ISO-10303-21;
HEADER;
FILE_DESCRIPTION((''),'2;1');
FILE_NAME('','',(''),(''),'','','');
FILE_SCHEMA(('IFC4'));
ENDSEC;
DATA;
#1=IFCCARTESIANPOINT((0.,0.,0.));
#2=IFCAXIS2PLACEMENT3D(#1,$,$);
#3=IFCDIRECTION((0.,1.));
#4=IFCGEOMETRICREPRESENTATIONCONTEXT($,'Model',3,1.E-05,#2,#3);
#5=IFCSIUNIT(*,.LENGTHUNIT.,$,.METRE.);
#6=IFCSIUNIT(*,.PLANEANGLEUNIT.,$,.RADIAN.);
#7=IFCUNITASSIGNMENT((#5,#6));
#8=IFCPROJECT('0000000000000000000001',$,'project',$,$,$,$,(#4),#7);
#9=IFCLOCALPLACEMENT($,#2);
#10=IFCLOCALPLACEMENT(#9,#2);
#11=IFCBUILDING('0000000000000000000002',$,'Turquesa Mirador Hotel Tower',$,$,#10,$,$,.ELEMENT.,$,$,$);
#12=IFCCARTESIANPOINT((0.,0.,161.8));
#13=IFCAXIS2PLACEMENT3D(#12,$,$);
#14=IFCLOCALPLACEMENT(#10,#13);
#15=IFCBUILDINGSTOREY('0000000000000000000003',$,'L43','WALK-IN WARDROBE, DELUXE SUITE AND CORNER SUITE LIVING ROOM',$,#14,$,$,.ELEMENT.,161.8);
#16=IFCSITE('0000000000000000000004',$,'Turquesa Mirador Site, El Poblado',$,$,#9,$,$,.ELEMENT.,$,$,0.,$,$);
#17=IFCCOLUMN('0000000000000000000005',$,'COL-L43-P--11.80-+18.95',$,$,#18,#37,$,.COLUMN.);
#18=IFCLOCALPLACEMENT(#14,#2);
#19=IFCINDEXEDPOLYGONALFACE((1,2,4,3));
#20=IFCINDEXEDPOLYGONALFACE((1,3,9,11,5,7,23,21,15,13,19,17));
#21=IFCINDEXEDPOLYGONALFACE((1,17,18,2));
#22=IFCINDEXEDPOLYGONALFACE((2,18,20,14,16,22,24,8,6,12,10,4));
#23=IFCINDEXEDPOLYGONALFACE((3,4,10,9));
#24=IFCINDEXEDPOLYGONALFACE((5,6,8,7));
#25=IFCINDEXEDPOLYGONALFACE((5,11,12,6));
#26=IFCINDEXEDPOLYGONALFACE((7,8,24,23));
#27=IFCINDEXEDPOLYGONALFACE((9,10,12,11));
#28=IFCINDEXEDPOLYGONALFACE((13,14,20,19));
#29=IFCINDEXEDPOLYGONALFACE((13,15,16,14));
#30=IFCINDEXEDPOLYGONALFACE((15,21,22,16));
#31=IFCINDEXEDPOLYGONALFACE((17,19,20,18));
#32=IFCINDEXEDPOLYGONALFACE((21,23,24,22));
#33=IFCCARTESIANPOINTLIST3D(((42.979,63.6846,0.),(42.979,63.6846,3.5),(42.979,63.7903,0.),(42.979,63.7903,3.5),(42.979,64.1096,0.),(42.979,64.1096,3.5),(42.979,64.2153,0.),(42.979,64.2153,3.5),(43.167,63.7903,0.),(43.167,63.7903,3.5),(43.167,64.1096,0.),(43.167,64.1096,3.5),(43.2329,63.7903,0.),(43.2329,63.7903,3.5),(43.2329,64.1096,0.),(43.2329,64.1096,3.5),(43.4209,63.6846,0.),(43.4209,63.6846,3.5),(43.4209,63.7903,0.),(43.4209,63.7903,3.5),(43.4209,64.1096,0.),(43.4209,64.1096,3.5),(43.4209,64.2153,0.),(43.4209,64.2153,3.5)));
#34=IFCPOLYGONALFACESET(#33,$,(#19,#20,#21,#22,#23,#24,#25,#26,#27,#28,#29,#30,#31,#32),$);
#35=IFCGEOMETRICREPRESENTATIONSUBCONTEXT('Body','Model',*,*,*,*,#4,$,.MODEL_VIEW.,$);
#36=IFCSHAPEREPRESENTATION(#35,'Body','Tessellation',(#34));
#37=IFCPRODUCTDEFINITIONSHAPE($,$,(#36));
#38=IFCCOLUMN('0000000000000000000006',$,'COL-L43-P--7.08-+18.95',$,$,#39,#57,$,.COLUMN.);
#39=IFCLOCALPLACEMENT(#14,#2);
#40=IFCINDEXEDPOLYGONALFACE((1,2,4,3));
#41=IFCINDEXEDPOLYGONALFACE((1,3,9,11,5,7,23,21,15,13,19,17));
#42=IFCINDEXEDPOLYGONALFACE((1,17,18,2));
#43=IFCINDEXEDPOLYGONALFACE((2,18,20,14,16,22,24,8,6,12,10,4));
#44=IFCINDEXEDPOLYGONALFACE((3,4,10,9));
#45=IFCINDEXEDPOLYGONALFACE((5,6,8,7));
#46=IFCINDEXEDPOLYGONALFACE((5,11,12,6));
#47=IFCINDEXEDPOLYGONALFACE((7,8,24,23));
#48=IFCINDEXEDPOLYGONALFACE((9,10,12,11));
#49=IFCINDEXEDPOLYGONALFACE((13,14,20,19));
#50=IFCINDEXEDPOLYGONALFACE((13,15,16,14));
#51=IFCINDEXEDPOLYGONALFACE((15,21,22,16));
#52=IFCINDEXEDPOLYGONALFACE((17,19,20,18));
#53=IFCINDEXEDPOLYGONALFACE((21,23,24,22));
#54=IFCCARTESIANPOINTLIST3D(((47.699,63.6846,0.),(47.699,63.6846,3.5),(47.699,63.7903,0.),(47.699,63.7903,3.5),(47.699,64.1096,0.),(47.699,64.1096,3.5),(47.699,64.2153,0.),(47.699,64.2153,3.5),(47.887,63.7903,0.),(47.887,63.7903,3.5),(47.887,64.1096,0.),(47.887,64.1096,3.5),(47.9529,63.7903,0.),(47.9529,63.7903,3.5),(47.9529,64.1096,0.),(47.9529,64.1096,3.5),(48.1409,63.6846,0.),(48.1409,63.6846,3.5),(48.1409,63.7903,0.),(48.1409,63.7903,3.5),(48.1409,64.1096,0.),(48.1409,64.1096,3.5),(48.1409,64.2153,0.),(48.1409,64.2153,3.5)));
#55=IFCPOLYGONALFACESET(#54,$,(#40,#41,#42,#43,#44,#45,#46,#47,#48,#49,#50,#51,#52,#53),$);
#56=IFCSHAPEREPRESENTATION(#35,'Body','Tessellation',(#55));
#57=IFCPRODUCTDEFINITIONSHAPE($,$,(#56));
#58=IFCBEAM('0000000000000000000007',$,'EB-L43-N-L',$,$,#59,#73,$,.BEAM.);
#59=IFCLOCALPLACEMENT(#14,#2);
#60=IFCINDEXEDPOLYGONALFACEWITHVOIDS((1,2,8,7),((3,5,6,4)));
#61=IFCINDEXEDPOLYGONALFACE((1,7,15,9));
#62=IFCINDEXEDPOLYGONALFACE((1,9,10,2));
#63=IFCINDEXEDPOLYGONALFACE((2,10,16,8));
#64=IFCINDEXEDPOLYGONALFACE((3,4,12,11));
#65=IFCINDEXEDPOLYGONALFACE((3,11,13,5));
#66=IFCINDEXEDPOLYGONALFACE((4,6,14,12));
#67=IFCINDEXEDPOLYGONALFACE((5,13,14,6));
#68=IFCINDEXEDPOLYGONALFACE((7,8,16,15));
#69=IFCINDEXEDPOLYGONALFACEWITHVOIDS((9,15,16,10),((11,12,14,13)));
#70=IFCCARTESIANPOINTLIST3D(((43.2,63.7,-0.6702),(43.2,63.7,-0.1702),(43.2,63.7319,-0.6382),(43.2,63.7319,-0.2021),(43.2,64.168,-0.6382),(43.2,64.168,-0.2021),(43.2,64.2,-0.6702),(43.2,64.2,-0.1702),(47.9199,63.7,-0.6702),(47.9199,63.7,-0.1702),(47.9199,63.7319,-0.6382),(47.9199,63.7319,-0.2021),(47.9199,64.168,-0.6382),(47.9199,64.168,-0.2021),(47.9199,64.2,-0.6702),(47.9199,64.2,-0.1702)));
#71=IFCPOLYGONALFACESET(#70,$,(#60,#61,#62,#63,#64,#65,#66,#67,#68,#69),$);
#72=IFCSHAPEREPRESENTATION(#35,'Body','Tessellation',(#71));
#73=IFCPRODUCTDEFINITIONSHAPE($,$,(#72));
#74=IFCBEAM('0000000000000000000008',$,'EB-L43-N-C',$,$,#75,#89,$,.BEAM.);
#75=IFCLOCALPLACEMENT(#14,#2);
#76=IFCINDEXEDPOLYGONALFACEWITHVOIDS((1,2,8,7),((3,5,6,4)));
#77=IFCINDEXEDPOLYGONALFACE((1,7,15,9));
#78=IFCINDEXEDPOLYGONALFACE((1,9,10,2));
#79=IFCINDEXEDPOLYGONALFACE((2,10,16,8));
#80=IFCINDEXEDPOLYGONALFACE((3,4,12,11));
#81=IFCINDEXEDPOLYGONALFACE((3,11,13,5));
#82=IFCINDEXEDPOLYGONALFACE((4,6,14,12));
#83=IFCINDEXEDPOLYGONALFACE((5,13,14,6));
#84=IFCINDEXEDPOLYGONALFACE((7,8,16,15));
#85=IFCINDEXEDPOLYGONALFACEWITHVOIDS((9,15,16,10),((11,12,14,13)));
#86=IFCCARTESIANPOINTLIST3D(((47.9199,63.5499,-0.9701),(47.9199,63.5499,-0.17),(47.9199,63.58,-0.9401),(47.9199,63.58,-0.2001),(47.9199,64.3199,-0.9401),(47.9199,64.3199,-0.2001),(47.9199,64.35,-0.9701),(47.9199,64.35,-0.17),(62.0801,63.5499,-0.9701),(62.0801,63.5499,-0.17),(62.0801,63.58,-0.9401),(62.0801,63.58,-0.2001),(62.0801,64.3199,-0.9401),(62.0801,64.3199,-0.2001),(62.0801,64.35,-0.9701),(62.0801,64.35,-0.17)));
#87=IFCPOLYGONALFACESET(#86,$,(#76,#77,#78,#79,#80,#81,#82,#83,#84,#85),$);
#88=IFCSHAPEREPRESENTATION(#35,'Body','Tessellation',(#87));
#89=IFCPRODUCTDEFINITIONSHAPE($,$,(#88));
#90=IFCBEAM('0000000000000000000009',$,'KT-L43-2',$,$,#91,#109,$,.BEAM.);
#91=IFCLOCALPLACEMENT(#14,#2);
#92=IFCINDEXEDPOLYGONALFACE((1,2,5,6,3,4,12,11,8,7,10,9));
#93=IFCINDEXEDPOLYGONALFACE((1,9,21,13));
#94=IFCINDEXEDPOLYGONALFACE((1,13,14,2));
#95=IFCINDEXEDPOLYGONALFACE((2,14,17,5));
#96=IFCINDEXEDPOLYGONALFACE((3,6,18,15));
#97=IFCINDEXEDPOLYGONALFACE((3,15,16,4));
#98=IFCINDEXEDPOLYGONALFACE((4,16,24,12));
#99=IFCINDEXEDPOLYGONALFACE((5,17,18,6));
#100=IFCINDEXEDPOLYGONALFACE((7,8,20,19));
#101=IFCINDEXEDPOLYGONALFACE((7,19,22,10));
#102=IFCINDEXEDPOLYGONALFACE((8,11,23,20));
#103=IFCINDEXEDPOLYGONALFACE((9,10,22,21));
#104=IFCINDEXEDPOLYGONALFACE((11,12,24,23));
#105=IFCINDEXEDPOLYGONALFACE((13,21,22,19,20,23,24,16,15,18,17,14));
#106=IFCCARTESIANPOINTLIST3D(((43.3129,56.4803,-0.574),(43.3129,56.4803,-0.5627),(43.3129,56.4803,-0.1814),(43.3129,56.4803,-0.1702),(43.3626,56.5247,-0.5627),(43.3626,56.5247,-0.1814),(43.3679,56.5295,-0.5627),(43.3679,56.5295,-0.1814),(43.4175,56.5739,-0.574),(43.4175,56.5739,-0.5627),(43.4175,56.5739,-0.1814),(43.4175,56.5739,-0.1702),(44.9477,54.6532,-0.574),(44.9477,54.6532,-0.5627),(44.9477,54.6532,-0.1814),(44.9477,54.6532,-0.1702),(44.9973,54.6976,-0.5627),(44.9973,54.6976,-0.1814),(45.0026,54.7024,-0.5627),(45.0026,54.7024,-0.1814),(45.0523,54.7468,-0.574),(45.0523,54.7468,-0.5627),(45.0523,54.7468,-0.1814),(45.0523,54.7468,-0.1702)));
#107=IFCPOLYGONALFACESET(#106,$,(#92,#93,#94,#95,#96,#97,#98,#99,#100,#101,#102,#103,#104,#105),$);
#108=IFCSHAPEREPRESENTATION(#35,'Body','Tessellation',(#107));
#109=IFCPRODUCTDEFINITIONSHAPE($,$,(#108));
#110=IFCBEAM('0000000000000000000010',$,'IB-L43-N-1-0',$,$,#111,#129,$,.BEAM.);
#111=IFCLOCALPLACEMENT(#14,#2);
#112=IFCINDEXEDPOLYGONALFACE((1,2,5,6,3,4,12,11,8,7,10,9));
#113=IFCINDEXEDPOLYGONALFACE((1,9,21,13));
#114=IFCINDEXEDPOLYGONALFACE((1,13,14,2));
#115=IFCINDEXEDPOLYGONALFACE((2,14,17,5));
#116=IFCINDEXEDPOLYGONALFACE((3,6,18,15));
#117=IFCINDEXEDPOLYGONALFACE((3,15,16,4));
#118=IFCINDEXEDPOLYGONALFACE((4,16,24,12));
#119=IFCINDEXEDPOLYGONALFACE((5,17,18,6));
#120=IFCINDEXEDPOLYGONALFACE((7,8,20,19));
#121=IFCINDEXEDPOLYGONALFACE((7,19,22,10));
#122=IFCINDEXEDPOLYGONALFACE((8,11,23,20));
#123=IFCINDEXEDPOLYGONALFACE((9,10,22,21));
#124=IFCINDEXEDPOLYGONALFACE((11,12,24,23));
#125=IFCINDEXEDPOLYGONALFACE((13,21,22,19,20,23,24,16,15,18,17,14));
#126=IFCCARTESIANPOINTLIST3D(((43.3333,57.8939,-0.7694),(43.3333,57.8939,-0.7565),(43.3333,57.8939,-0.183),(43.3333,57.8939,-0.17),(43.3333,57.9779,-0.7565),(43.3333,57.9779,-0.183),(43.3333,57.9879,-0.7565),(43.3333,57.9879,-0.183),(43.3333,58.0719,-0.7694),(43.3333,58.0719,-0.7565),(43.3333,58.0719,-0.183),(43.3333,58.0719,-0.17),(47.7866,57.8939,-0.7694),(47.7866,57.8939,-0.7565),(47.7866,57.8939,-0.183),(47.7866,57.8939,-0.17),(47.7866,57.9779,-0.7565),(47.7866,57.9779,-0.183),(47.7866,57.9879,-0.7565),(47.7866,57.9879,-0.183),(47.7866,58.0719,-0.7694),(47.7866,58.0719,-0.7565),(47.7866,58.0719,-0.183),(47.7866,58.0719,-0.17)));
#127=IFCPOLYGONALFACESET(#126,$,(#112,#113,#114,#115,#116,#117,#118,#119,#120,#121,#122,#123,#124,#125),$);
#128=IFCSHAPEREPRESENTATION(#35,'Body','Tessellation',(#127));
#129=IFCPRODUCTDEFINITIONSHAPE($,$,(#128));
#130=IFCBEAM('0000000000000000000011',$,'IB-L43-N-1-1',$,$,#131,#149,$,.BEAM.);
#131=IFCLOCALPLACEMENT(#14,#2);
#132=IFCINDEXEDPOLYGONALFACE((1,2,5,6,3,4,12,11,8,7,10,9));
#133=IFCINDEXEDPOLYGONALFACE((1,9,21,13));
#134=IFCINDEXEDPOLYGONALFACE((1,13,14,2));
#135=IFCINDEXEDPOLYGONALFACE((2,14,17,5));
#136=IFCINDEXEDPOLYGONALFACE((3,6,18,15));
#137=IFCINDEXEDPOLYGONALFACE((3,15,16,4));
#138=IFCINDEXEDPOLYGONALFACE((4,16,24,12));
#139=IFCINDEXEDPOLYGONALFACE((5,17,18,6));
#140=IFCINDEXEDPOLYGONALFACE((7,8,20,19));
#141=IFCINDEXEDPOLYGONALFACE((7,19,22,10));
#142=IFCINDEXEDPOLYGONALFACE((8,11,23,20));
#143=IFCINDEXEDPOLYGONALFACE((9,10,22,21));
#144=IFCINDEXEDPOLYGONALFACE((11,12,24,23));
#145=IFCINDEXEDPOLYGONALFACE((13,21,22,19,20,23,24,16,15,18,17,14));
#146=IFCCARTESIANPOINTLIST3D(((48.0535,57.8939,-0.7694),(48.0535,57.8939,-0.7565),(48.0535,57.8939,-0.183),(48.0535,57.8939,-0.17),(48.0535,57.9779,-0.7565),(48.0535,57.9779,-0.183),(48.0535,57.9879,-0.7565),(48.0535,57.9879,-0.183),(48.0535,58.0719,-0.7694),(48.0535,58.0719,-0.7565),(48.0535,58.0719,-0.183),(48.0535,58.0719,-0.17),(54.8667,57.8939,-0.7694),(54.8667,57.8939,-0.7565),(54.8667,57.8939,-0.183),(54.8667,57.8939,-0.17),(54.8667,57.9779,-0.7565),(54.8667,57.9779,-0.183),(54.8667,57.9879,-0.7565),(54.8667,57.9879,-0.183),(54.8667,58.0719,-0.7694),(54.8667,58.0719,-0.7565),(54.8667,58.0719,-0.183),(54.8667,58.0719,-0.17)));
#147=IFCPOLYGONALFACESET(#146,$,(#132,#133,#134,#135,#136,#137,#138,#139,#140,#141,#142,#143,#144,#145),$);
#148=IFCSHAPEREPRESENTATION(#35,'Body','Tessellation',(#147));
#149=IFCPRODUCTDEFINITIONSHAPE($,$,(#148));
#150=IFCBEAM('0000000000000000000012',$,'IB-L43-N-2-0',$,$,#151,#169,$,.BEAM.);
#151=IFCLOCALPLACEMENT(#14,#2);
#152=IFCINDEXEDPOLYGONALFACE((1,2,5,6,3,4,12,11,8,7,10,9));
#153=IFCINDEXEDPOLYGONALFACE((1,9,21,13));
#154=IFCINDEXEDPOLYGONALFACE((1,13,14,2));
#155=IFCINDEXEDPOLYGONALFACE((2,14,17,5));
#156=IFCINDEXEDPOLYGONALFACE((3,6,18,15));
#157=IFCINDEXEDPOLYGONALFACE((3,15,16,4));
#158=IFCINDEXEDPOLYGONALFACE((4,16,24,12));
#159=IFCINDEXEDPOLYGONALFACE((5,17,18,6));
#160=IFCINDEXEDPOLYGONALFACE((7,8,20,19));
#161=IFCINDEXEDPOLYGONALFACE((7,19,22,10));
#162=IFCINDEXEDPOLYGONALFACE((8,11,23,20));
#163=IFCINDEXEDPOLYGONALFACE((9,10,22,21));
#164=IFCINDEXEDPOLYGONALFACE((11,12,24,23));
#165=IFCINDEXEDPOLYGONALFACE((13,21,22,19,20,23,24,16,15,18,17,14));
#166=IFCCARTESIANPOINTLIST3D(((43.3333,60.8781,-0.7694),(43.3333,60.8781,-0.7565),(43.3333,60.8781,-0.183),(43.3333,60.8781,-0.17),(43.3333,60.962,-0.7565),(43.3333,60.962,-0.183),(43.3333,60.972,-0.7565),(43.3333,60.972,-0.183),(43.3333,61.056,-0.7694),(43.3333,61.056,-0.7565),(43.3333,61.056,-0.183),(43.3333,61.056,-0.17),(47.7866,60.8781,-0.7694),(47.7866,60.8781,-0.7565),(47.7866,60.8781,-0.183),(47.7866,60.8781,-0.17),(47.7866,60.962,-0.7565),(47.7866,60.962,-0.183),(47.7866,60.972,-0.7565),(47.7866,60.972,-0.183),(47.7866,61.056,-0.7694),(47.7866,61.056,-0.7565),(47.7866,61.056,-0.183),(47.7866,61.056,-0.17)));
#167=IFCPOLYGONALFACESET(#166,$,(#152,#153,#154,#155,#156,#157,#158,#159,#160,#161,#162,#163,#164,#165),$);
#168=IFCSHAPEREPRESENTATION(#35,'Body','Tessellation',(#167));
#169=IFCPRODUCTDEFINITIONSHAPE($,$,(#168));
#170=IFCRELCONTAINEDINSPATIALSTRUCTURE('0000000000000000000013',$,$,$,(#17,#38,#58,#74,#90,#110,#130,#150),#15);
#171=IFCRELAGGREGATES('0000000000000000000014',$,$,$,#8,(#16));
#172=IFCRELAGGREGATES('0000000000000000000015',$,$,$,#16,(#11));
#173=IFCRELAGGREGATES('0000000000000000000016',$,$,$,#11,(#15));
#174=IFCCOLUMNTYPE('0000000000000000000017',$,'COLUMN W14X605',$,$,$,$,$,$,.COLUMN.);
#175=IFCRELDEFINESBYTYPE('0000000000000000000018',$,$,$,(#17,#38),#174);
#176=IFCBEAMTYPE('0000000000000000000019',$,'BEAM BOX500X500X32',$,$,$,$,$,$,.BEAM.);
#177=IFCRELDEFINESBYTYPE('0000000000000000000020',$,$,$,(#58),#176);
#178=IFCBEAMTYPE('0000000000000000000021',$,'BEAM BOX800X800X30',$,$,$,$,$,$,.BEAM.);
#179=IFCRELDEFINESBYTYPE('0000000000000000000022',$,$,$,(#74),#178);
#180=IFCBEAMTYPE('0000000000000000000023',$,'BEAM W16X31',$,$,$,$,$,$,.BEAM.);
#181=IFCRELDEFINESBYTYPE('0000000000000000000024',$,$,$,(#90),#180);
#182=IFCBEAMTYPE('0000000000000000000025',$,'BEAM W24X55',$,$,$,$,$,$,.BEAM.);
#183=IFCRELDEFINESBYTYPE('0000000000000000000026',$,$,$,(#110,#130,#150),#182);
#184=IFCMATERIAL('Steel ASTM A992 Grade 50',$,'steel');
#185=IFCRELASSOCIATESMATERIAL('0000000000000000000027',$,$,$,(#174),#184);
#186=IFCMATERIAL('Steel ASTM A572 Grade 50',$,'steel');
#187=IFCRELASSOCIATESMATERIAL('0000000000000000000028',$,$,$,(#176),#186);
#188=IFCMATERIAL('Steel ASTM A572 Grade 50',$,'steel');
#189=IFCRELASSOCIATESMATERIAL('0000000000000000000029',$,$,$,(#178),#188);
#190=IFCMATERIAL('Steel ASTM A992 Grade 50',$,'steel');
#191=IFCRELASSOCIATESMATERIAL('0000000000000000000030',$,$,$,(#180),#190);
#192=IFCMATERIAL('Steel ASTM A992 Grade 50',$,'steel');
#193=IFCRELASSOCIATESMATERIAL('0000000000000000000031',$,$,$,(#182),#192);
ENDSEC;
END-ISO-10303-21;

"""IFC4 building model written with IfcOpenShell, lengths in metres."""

from ifc_helpers import new_model, si_unit, direction, frame, origin, origin_2d, place, context, subcontext, project, spatial, hollow_rectangle, i_section, extrude, material, material_profile, profile_set, type_object, element, save


model = new_model("IFC4")

# Units and contexts
model_context = context("Model", 3, precision=1e-05, world=origin(), true_north=direction((0.0, 1.0)))
body_context = subcontext(model_context, "Body", "Model", "MODEL_VIEW")
ifc_project = project(units=[si_unit("LENGTHUNIT", "METRE"), si_unit("PLANEANGLEUNIT", "RADIAN")], contexts=[model_context])

# Site, building, storey
site_placement = place(None, origin())
site = spatial("IfcSite", under=ifc_project, at=site_placement, Name="Turquesa Mirador Site, El Poblado", CompositionType="ELEMENT", RefElevation=0.0)
building_placement = place(site_placement, origin())
building = spatial("IfcBuilding", under=site, at=building_placement, Name="Turquesa Mirador Hotel Tower", CompositionType="ELEMENT")
storey_placement = place(building_placement, frame((0.0, 0.0, 161.8)))
storey = spatial("IfcBuildingStorey", under=building, at=storey_placement, Name="L43", Description="WALK-IN WARDROBE, DELUXE SUITE AND CORNER SUITE LIVING ROOM", CompositionType="ELEMENT", Elevation=161.8)

# Columns
ifc_material_1 = material(Name="Steel ASTM A992 Grade 50", Category="steel")
ifc_material_profile_1 = material_profile(ifc_material_1, i_section(OverallWidth=0.4419, OverallDepth=0.5308, WebThickness=0.0659, FlangeThickness=0.1057, at=origin_2d()), Name="W14X605")
ifc_profile_set_1 = profile_set([ifc_material_profile_1], Name="Steel ASTM A992 Grade 50")
column_type = type_object("IfcColumnType", Name="COLUMN W14X605", PredefinedType="COLUMN", material=ifc_profile_set_1)
for number, where, z_axis, x_axis, name in (
    (1, (43.2, 63.95, 0.0), (0.0, 0.0, 1.0), (1.0, 0.0, 0.0), "COL-L43-P--11.80-+18.95"),
    (2, (47.9199, 63.95, 0.0), (0.0, 0.0, 1.0), (1.0, 0.0, 0.0), "COL-L43-P--7.08-+18.95"),
):
    element("IfcColumn", number, at=place(storey_placement, frame(where, z_axis=z_axis, x_axis=x_axis)), inside=storey, type_object=column_type, Name=name, PredefinedType="COLUMN", context=body_context, shape_type="SweptSolid", body=[
        extrude(i_section(OverallWidth=0.4419, OverallDepth=0.5308, WebThickness=0.0659, FlangeThickness=0.1057, at=origin_2d()), origin(), (0.0, 0.0, 1.0), 3.5),
    ])

# Beams
ifc_material_2 = material(Name="Steel ASTM A572 Grade 50", Category="steel")
ifc_material_profile_2 = material_profile(ifc_material_2, hollow_rectangle(XDim=0.5, YDim=0.5, WallThickness=0.032, at=origin_2d()), Name="BOX500X500X32")
ifc_profile_set_2 = profile_set([ifc_material_profile_2], Name="Steel ASTM A572 Grade 50")
beam_type_1 = type_object("IfcBeamType", Name="BEAM BOX500X500X32", PredefinedType="BEAM", material=ifc_profile_set_2)
beam_1_placement = place(storey_placement, frame((43.2, 63.95, -0.4202), z_axis=(1.0, 0.0, 0.0), x_axis=(0.0, 1.0, 0.0)))
element("IfcBeam", 3, at=beam_1_placement, inside=storey, type_object=beam_type_1, Name="EB-L43-N-L", PredefinedType="BEAM", context=body_context, shape_type="SweptSolid", body=[
    extrude(hollow_rectangle(XDim=0.5, YDim=0.5, WallThickness=0.032, at=origin_2d()), origin(), (0.0, 0.0, 1.0), 4.72),
])
ifc_material_3 = material(Name="Steel ASTM A572 Grade 50", Category="steel")
ifc_material_profile_3 = material_profile(ifc_material_3, hollow_rectangle(XDim=0.8, YDim=0.8, WallThickness=0.03, at=origin_2d()), Name="BOX800X800X30")
ifc_profile_set_3 = profile_set([ifc_material_profile_3], Name="Steel ASTM A572 Grade 50")
beam_type_2 = type_object("IfcBeamType", Name="BEAM BOX800X800X30", PredefinedType="BEAM", material=ifc_profile_set_3)
beam_2_placement = place(storey_placement, frame((47.9199, 63.95, -0.5701), z_axis=(1.0, 0.0, 0.0), x_axis=(0.0, 1.0, 0.0)))
element("IfcBeam", 4, at=beam_2_placement, inside=storey, type_object=beam_type_2, Name="EB-L43-N-C", PredefinedType="BEAM", context=body_context, shape_type="SweptSolid", body=[
    extrude(hollow_rectangle(XDim=0.8, YDim=0.8, WallThickness=0.03, at=origin_2d()), origin(), (0.0, 0.0, 1.0), 14.1602),
])
ifc_material_4 = material(Name="Steel ASTM A992 Grade 50", Category="steel")
ifc_material_profile_4 = material_profile(ifc_material_4, i_section(OverallWidth=0.1404, OverallDepth=0.4038, WebThickness=0.0071, FlangeThickness=0.0112, at=origin_2d()), Name="W16X31")
ifc_profile_set_4 = profile_set([ifc_material_profile_4], Name="Steel ASTM A992 Grade 50")
beam_type_3 = type_object("IfcBeamType", Name="BEAM W16X31", PredefinedType="BEAM", material=ifc_profile_set_4)
beam_3_placement = place(storey_placement, frame((43.3652, 56.5271, -0.3721), z_axis=(0.666783, -0.745252, 0.0), x_axis=(0.745252, 0.666783, 0.0)))
element("IfcBeam", 5, at=beam_3_placement, inside=storey, type_object=beam_type_3, Name="KT-L43-2", PredefinedType="BEAM", context=body_context, shape_type="SweptSolid", body=[
    extrude(i_section(OverallWidth=0.1404, OverallDepth=0.4038, WebThickness=0.0071, FlangeThickness=0.0112, at=origin_2d()), origin(), (0.0, 0.0, 1.0), 2.4517),
])
ifc_material_5 = material(Name="Steel ASTM A992 Grade 50", Category="steel")
ifc_material_profile_5 = material_profile(ifc_material_5, i_section(OverallWidth=0.178, OverallDepth=0.5994, WebThickness=0.01, FlangeThickness=0.0129, at=origin_2d()), Name="W24X55")
ifc_profile_set_5 = profile_set([ifc_material_profile_5], Name="Steel ASTM A992 Grade 50")
beam_type_4 = type_object("IfcBeamType", Name="BEAM W24X55", PredefinedType="BEAM", material=ifc_profile_set_5)
beam_4_placement = place(storey_placement, frame((43.3333, 57.9829, -0.4697), z_axis=(1.0, 0.0, 0.0), x_axis=(0.0, 1.0, 0.0)))
element("IfcBeam", 6, at=beam_4_placement, inside=storey, type_object=beam_type_4, Name="IB-L43-N-1-0", PredefinedType="BEAM", context=body_context, shape_type="SweptSolid", body=[
    extrude(i_section(OverallWidth=0.178, OverallDepth=0.5994, WebThickness=0.01, FlangeThickness=0.0129, at=origin_2d()), origin(), (0.0, 0.0, 1.0), 4.4534),
])
beam_5_placement = place(storey_placement, frame((48.0535, 57.9829, -0.4697), z_axis=(1.0, 0.0, 0.0), x_axis=(0.0, 1.0, 0.0)))
element("IfcBeam", 7, at=beam_5_placement, inside=storey, type_object=beam_type_4, Name="IB-L43-N-1-1", PredefinedType="BEAM", context=body_context, shape_type="SweptSolid", body=[
    extrude(i_section(OverallWidth=0.178, OverallDepth=0.5994, WebThickness=0.01, FlangeThickness=0.0129, at=origin_2d()), origin(), (0.0, 0.0, 1.0), 6.8132),
])
beam_6_placement = place(storey_placement, frame((43.3333, 60.967, -0.4697), z_axis=(1.0, 0.0, 0.0), x_axis=(0.0, 1.0, 0.0)))
element("IfcBeam", 8, at=beam_6_placement, inside=storey, type_object=beam_type_4, Name="IB-L43-N-2-0", PredefinedType="BEAM", context=body_context, shape_type="SweptSolid", body=[
    extrude(i_section(OverallWidth=0.178, OverallDepth=0.5994, WebThickness=0.01, FlangeThickness=0.0129, at=origin_2d()), origin(), (0.0, 0.0, 1.0), 4.4534),
])

save(model, "model.ifc")
